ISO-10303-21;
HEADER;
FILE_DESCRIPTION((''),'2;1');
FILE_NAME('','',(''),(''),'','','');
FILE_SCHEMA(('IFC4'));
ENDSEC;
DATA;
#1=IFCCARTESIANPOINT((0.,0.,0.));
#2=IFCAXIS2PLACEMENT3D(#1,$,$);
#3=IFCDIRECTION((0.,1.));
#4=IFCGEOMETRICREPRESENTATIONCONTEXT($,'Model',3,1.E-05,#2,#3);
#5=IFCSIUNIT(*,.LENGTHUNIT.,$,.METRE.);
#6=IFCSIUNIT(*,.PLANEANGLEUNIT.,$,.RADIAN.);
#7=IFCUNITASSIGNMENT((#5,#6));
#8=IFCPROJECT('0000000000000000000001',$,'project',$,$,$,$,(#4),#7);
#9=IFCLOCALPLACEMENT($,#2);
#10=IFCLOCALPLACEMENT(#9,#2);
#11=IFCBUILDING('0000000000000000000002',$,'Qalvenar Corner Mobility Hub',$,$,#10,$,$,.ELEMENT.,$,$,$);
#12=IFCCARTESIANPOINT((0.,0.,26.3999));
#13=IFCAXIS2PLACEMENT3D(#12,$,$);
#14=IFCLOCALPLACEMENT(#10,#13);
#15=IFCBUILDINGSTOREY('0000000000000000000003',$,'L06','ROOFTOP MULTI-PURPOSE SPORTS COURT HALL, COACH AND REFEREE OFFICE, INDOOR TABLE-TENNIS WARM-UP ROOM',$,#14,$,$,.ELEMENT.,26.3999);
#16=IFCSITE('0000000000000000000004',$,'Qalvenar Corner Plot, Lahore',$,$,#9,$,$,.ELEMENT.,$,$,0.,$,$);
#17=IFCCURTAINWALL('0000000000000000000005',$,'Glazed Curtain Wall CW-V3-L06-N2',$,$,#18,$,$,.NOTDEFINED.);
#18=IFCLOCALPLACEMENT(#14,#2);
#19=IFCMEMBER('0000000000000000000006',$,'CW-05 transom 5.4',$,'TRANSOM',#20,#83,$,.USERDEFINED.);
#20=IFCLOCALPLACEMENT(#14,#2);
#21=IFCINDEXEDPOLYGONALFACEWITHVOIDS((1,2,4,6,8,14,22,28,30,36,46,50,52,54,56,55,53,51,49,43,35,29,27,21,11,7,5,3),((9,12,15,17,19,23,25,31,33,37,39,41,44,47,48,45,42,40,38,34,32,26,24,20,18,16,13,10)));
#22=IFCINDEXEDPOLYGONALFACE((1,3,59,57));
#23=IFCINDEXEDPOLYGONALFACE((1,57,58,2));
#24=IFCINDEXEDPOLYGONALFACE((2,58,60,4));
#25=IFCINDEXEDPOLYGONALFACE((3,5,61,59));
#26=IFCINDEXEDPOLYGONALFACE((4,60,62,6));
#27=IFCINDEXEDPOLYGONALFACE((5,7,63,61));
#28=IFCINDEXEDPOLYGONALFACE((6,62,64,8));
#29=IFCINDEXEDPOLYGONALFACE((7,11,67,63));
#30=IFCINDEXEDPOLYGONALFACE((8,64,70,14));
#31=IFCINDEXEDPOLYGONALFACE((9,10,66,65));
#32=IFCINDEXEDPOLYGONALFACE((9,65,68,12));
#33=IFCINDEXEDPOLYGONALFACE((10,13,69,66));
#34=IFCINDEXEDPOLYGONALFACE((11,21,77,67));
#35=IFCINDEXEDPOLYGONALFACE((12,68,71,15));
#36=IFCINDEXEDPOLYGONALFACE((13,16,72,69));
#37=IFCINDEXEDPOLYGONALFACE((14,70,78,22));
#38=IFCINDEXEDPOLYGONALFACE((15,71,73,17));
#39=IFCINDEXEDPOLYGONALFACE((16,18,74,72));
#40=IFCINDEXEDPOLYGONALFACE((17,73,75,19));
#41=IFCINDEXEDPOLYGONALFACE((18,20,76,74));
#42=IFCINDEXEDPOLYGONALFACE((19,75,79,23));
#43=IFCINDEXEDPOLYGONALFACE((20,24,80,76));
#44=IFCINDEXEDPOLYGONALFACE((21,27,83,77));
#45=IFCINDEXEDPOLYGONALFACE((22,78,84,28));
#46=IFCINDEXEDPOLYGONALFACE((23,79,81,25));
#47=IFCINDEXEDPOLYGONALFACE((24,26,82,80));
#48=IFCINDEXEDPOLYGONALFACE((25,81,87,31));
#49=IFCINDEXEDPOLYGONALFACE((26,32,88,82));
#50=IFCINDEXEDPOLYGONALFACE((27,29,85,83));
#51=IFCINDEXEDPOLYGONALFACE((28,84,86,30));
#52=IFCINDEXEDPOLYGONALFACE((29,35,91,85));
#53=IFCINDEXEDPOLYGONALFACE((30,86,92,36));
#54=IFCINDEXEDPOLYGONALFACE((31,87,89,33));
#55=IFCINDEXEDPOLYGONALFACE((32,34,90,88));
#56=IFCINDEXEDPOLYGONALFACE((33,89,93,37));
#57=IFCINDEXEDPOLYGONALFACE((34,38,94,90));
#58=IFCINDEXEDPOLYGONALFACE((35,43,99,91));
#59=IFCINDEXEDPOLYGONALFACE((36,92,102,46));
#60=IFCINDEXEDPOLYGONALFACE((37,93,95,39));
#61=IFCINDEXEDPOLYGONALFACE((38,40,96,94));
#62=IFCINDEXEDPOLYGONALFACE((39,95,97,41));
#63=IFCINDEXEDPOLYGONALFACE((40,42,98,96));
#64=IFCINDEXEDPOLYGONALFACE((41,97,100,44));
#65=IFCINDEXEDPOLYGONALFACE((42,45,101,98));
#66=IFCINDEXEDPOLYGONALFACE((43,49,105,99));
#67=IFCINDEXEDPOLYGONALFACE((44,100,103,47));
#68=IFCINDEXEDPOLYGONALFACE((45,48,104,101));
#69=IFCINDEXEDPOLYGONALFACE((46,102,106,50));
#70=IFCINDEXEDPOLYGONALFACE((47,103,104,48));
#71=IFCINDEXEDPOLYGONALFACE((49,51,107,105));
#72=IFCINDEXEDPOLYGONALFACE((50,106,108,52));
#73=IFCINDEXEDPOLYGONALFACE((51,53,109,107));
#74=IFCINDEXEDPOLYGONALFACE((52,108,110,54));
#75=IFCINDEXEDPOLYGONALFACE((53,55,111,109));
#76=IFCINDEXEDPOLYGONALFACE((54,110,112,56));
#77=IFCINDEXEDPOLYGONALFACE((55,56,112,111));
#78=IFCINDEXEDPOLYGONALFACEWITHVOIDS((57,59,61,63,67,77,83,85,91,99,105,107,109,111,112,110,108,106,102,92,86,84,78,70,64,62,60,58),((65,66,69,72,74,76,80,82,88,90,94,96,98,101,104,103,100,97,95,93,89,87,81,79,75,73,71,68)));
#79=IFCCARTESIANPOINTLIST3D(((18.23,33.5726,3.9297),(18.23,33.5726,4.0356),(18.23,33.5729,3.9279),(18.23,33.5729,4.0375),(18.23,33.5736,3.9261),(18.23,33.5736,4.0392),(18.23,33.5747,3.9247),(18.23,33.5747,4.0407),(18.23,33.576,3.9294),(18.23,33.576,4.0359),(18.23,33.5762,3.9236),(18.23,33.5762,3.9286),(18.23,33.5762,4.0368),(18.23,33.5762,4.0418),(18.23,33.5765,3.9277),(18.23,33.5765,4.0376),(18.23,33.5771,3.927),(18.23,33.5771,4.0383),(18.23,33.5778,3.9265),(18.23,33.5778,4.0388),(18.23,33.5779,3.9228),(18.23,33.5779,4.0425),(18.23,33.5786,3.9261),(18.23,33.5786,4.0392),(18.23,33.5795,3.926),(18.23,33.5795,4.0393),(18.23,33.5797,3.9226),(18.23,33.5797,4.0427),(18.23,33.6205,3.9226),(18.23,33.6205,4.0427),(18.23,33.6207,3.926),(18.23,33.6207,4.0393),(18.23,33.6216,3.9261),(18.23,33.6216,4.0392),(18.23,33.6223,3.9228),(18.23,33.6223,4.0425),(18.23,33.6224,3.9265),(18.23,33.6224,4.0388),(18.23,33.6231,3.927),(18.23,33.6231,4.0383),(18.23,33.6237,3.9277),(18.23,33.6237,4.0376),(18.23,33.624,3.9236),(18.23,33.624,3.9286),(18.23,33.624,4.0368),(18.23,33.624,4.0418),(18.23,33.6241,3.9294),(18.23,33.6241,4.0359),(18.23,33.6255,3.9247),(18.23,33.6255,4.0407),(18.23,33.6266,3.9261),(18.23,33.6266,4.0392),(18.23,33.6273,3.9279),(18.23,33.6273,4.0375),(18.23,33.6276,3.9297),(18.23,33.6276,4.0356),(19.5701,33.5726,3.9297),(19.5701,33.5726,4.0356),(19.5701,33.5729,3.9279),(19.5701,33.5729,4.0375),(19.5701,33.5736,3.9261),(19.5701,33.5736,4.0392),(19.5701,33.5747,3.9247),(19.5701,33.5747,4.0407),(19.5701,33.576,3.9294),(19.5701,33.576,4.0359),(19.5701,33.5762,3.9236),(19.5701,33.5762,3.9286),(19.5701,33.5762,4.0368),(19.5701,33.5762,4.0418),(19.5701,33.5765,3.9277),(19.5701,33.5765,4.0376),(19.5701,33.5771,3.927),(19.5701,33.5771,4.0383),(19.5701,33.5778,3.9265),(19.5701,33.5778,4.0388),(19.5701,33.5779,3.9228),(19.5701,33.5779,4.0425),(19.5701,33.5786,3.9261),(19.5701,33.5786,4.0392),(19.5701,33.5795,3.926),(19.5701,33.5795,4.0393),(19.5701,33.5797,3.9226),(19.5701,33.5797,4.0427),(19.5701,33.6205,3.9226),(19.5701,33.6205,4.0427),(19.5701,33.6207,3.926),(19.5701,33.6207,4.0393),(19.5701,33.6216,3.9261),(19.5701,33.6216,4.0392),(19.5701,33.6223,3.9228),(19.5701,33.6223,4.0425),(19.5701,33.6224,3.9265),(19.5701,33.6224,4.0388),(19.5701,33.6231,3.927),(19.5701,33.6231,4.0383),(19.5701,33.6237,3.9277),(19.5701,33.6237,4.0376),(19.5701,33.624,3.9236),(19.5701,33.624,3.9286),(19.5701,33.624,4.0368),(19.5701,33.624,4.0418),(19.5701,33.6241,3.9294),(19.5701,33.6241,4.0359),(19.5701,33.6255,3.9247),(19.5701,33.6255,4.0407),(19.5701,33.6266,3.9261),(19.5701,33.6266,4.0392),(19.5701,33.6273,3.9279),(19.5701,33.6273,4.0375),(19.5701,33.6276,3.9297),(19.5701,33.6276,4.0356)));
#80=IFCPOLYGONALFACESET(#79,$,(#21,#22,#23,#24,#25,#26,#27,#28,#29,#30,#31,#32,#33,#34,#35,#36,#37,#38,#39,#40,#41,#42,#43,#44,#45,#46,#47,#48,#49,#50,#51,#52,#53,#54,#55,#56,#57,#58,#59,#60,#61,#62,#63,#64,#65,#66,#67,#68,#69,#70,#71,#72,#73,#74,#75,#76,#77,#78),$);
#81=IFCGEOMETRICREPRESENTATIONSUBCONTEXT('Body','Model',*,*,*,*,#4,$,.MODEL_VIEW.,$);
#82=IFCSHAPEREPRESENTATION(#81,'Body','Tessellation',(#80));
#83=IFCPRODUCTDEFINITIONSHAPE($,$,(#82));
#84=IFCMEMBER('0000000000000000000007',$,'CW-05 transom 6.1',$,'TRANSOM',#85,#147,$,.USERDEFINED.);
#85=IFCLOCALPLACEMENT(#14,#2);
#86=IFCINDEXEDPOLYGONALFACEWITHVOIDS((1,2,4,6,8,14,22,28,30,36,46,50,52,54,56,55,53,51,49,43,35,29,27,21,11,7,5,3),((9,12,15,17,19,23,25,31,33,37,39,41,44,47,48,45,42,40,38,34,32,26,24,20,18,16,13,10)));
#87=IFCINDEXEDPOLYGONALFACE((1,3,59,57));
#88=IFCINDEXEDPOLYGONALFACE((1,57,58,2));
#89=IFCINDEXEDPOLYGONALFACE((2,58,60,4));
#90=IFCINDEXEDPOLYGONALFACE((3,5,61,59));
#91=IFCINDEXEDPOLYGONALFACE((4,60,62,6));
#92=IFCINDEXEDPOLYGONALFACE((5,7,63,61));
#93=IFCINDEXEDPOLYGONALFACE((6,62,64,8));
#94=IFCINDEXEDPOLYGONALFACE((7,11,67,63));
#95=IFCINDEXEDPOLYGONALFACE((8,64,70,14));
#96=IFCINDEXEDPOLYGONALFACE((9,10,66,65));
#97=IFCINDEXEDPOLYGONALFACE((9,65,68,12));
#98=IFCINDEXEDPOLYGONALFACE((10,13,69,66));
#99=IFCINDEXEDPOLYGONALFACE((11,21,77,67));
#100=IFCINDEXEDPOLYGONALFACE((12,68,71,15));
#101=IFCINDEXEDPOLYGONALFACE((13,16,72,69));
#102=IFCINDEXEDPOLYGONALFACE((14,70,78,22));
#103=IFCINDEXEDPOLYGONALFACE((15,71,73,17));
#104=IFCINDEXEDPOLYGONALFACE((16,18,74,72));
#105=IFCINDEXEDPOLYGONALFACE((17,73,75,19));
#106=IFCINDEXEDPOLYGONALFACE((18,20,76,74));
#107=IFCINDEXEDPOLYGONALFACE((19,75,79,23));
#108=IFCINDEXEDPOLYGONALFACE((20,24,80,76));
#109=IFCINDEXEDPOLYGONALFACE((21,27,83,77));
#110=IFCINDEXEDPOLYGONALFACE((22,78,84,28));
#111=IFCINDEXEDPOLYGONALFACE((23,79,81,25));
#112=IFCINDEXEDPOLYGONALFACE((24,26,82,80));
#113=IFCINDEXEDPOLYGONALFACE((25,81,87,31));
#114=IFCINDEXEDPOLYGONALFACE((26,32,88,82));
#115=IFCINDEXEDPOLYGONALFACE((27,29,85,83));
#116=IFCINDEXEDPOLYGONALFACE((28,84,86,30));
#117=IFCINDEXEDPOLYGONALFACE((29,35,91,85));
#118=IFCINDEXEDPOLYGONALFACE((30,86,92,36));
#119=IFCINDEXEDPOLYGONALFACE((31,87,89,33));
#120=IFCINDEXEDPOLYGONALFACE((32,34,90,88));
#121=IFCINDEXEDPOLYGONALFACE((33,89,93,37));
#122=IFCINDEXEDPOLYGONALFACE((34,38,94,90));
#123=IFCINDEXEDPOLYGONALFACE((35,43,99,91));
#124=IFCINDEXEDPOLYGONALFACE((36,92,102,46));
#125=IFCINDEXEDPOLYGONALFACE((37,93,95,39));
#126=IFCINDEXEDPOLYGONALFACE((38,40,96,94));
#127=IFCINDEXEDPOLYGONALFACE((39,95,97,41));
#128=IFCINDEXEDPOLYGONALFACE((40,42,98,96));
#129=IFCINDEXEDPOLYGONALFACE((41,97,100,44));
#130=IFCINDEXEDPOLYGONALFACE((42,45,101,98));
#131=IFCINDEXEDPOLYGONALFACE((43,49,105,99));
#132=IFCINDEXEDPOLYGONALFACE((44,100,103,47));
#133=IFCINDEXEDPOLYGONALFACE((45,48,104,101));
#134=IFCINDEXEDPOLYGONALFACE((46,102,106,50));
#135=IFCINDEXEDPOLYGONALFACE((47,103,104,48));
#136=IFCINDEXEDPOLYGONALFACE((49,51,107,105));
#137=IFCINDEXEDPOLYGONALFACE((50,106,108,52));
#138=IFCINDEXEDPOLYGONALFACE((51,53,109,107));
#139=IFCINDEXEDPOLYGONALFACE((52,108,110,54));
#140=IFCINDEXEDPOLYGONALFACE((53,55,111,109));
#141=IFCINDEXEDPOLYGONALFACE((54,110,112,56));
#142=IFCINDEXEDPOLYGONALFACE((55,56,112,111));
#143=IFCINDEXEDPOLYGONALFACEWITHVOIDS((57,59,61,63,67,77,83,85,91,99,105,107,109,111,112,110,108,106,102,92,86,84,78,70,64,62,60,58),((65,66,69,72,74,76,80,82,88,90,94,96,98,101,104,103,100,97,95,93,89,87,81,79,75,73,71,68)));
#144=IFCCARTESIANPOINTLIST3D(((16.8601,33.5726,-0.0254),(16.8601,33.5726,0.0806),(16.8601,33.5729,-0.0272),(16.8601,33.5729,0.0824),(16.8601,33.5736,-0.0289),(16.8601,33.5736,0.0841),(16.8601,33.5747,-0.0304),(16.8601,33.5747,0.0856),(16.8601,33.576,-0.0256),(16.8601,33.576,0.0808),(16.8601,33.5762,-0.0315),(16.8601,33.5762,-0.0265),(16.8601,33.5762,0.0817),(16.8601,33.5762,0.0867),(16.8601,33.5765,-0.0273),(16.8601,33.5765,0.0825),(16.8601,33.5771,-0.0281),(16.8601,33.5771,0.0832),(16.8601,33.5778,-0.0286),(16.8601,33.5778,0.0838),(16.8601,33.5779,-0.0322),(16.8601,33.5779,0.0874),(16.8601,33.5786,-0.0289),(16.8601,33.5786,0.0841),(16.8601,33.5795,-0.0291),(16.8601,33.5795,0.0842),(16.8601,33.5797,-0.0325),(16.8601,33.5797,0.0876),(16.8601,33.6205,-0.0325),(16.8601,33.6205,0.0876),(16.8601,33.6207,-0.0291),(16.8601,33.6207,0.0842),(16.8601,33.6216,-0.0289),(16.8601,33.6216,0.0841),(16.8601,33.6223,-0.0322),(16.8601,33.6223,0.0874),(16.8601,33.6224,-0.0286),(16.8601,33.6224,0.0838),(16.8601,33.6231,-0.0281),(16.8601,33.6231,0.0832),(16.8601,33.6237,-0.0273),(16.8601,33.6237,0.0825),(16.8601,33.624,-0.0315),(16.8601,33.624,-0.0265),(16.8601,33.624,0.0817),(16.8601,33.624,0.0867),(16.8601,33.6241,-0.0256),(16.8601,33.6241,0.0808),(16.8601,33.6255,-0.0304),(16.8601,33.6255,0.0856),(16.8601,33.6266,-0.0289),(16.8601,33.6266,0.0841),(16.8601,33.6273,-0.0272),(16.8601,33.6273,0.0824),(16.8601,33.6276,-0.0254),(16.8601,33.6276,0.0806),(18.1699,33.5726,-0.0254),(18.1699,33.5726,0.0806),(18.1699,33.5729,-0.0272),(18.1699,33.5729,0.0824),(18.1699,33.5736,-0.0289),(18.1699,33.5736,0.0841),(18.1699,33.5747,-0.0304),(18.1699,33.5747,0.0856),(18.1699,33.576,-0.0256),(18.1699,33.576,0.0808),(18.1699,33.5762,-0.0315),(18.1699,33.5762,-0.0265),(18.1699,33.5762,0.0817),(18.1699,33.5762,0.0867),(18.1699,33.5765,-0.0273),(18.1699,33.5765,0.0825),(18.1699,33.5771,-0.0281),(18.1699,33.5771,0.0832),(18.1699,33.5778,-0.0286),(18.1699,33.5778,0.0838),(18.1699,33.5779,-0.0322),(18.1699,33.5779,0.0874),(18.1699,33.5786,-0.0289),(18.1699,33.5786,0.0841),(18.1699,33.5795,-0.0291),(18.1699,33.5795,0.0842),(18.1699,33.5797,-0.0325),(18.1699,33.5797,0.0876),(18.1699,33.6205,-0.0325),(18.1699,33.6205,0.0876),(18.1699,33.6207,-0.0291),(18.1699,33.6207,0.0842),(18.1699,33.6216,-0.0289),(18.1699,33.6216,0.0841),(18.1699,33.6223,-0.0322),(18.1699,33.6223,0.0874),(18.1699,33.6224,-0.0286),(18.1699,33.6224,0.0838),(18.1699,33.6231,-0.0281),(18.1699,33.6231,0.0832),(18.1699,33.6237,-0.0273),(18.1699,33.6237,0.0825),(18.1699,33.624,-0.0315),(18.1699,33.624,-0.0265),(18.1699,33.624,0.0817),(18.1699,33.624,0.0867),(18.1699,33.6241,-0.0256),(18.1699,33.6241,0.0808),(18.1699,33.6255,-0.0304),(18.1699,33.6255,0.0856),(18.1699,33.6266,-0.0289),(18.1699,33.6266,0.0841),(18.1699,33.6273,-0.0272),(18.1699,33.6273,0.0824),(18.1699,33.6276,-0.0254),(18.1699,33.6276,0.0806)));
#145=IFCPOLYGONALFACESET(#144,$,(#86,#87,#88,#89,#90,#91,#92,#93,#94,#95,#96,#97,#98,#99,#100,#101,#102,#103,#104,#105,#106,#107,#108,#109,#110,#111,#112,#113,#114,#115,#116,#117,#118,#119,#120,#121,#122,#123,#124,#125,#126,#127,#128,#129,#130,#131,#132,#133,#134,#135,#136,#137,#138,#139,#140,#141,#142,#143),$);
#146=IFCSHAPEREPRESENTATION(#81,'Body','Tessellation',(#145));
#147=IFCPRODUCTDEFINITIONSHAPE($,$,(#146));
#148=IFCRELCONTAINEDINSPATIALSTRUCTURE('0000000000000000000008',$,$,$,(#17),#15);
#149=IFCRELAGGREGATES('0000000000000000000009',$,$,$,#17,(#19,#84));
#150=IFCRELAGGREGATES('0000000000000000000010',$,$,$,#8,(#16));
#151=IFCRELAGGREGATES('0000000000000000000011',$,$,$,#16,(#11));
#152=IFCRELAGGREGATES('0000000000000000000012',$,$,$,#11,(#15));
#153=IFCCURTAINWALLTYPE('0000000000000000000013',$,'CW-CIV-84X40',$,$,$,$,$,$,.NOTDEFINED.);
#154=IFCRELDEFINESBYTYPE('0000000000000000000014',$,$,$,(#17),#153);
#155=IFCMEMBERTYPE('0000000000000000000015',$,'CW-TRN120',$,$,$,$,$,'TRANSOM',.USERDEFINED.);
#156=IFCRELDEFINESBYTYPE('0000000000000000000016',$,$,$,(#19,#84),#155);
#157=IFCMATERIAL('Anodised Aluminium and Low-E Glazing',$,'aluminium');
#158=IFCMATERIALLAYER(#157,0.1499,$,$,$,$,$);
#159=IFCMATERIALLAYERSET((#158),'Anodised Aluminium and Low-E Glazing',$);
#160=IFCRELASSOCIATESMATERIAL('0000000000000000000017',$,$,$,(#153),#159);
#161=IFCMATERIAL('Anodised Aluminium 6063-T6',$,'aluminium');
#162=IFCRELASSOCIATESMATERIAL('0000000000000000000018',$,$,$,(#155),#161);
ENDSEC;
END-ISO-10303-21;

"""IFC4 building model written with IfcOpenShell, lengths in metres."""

from ifc_helpers import new_model, si_unit, direction, frame, origin, origin_2d, place, context, subcontext, project, spatial, hollow_rectangle, extrude, material, layer, layer_set, material_profile, profile_set, type_object, element, aggregate, save


model = new_model("IFC4")

# Units and contexts
model_context = context("Model", 3, precision=1e-05, world=origin(), true_north=direction((0.0, 1.0)))
body_context = subcontext(model_context, "Body", "Model", "MODEL_VIEW")
ifc_project = project(units=[si_unit("LENGTHUNIT", "METRE"), si_unit("PLANEANGLEUNIT", "RADIAN")], contexts=[model_context])

# Site, building, storey
site_placement = place(None, origin())
site = spatial("IfcSite", under=ifc_project, at=site_placement, Name="Qalvenar Corner Plot, Lahore", CompositionType="ELEMENT", RefElevation=0.0)
building_placement = place(site_placement, origin())
building = spatial("IfcBuilding", under=site, at=building_placement, Name="Qalvenar Corner Mobility Hub", CompositionType="ELEMENT")
storey_placement = place(building_placement, frame((0.0, 0.0, 26.3999)))
storey = spatial("IfcBuildingStorey", under=building, at=storey_placement, Name="L06", Description="ROOFTOP MULTI-PURPOSE SPORTS COURT HALL, COACH AND REFEREE OFFICE, INDOOR TABLE-TENNIS WARM-UP ROOM", CompositionType="ELEMENT", Elevation=26.3999)

# Curtain wall
ifc_material_1 = material(Name="Anodised Aluminium and Low-E Glazing", Category="aluminium")
ifc_material_2 = material(Name="Anodised Aluminium 6063-T6", Category="aluminium")
ifc_layer_1 = layer(ifc_material_1, 0.1499)
ifc_layer_set_1 = layer_set([ifc_layer_1], Name="Anodised Aluminium and Low-E Glazing")
curtain_wall_type_1 = type_object("IfcCurtainWallType", Name="CW-CIV-84X40", PredefinedType="NOTDEFINED", material=ifc_layer_set_1)
curtain_wall_1_placement = place(storey_placement, origin())
curtain_wall_1 = element("IfcCurtainWall", 1, at=curtain_wall_1_placement, inside=storey, type_object=curtain_wall_type_1, Name="Glazed Curtain Wall CW-V3-L06-N2", PredefinedType="NOTDEFINED")

# Members
ifc_material_profile_1 = material_profile(ifc_material_2, hollow_rectangle(XDim=0.0549, YDim=0.1201, WallThickness=0.0034, InnerFilletRadius=0.0034, OuterFilletRadius=0.0071, at=origin_2d()), Name="RHS120x55x3.5")
ifc_profile_set_1 = profile_set([ifc_material_profile_1], Name="Anodised Aluminium 6063-T6")
member_type_1 = type_object("IfcMemberType", Name="CW-TRN120", ElementType="TRANSOM", PredefinedType="USERDEFINED", material=ifc_profile_set_1)
member_1_placement = place(storey_placement, frame((19.5701, 33.6001, 3.9827), z_axis=(-1.0, 0.0, 0.0), x_axis=(0.0, -1.0, 0.0)))
member_1 = element("IfcMember", 2, at=member_1_placement, type_object=member_type_1, Name="CW-05 transom 5.4", ObjectType="TRANSOM", PredefinedType="USERDEFINED", context=body_context, shape_type="SweptSolid", body=[
    extrude(hollow_rectangle(XDim=0.0549, YDim=0.1201, WallThickness=0.0034, InnerFilletRadius=0.0034, OuterFilletRadius=0.0071, at=origin_2d()), origin(), (0.0, 0.0, 1.0), 1.3401),
])
member_2_placement = place(storey_placement, frame((18.1699, 33.6001, 0.0276), z_axis=(-1.0, 0.0, 0.0), x_axis=(0.0, -1.0, 0.0)))
member_2 = element("IfcMember", 3, at=member_2_placement, type_object=member_type_1, Name="CW-05 transom 6.1", ObjectType="TRANSOM", PredefinedType="USERDEFINED", context=body_context, shape_type="SweptSolid", body=[
    extrude(hollow_rectangle(XDim=0.0549, YDim=0.1201, WallThickness=0.0034, InnerFilletRadius=0.0034, OuterFilletRadius=0.0071, at=origin_2d()), origin(), (0.0, 0.0, 1.0), 1.3098),
])

aggregate(curtain_wall_1, [member_1, member_2])

save(model, "model.ifc")
